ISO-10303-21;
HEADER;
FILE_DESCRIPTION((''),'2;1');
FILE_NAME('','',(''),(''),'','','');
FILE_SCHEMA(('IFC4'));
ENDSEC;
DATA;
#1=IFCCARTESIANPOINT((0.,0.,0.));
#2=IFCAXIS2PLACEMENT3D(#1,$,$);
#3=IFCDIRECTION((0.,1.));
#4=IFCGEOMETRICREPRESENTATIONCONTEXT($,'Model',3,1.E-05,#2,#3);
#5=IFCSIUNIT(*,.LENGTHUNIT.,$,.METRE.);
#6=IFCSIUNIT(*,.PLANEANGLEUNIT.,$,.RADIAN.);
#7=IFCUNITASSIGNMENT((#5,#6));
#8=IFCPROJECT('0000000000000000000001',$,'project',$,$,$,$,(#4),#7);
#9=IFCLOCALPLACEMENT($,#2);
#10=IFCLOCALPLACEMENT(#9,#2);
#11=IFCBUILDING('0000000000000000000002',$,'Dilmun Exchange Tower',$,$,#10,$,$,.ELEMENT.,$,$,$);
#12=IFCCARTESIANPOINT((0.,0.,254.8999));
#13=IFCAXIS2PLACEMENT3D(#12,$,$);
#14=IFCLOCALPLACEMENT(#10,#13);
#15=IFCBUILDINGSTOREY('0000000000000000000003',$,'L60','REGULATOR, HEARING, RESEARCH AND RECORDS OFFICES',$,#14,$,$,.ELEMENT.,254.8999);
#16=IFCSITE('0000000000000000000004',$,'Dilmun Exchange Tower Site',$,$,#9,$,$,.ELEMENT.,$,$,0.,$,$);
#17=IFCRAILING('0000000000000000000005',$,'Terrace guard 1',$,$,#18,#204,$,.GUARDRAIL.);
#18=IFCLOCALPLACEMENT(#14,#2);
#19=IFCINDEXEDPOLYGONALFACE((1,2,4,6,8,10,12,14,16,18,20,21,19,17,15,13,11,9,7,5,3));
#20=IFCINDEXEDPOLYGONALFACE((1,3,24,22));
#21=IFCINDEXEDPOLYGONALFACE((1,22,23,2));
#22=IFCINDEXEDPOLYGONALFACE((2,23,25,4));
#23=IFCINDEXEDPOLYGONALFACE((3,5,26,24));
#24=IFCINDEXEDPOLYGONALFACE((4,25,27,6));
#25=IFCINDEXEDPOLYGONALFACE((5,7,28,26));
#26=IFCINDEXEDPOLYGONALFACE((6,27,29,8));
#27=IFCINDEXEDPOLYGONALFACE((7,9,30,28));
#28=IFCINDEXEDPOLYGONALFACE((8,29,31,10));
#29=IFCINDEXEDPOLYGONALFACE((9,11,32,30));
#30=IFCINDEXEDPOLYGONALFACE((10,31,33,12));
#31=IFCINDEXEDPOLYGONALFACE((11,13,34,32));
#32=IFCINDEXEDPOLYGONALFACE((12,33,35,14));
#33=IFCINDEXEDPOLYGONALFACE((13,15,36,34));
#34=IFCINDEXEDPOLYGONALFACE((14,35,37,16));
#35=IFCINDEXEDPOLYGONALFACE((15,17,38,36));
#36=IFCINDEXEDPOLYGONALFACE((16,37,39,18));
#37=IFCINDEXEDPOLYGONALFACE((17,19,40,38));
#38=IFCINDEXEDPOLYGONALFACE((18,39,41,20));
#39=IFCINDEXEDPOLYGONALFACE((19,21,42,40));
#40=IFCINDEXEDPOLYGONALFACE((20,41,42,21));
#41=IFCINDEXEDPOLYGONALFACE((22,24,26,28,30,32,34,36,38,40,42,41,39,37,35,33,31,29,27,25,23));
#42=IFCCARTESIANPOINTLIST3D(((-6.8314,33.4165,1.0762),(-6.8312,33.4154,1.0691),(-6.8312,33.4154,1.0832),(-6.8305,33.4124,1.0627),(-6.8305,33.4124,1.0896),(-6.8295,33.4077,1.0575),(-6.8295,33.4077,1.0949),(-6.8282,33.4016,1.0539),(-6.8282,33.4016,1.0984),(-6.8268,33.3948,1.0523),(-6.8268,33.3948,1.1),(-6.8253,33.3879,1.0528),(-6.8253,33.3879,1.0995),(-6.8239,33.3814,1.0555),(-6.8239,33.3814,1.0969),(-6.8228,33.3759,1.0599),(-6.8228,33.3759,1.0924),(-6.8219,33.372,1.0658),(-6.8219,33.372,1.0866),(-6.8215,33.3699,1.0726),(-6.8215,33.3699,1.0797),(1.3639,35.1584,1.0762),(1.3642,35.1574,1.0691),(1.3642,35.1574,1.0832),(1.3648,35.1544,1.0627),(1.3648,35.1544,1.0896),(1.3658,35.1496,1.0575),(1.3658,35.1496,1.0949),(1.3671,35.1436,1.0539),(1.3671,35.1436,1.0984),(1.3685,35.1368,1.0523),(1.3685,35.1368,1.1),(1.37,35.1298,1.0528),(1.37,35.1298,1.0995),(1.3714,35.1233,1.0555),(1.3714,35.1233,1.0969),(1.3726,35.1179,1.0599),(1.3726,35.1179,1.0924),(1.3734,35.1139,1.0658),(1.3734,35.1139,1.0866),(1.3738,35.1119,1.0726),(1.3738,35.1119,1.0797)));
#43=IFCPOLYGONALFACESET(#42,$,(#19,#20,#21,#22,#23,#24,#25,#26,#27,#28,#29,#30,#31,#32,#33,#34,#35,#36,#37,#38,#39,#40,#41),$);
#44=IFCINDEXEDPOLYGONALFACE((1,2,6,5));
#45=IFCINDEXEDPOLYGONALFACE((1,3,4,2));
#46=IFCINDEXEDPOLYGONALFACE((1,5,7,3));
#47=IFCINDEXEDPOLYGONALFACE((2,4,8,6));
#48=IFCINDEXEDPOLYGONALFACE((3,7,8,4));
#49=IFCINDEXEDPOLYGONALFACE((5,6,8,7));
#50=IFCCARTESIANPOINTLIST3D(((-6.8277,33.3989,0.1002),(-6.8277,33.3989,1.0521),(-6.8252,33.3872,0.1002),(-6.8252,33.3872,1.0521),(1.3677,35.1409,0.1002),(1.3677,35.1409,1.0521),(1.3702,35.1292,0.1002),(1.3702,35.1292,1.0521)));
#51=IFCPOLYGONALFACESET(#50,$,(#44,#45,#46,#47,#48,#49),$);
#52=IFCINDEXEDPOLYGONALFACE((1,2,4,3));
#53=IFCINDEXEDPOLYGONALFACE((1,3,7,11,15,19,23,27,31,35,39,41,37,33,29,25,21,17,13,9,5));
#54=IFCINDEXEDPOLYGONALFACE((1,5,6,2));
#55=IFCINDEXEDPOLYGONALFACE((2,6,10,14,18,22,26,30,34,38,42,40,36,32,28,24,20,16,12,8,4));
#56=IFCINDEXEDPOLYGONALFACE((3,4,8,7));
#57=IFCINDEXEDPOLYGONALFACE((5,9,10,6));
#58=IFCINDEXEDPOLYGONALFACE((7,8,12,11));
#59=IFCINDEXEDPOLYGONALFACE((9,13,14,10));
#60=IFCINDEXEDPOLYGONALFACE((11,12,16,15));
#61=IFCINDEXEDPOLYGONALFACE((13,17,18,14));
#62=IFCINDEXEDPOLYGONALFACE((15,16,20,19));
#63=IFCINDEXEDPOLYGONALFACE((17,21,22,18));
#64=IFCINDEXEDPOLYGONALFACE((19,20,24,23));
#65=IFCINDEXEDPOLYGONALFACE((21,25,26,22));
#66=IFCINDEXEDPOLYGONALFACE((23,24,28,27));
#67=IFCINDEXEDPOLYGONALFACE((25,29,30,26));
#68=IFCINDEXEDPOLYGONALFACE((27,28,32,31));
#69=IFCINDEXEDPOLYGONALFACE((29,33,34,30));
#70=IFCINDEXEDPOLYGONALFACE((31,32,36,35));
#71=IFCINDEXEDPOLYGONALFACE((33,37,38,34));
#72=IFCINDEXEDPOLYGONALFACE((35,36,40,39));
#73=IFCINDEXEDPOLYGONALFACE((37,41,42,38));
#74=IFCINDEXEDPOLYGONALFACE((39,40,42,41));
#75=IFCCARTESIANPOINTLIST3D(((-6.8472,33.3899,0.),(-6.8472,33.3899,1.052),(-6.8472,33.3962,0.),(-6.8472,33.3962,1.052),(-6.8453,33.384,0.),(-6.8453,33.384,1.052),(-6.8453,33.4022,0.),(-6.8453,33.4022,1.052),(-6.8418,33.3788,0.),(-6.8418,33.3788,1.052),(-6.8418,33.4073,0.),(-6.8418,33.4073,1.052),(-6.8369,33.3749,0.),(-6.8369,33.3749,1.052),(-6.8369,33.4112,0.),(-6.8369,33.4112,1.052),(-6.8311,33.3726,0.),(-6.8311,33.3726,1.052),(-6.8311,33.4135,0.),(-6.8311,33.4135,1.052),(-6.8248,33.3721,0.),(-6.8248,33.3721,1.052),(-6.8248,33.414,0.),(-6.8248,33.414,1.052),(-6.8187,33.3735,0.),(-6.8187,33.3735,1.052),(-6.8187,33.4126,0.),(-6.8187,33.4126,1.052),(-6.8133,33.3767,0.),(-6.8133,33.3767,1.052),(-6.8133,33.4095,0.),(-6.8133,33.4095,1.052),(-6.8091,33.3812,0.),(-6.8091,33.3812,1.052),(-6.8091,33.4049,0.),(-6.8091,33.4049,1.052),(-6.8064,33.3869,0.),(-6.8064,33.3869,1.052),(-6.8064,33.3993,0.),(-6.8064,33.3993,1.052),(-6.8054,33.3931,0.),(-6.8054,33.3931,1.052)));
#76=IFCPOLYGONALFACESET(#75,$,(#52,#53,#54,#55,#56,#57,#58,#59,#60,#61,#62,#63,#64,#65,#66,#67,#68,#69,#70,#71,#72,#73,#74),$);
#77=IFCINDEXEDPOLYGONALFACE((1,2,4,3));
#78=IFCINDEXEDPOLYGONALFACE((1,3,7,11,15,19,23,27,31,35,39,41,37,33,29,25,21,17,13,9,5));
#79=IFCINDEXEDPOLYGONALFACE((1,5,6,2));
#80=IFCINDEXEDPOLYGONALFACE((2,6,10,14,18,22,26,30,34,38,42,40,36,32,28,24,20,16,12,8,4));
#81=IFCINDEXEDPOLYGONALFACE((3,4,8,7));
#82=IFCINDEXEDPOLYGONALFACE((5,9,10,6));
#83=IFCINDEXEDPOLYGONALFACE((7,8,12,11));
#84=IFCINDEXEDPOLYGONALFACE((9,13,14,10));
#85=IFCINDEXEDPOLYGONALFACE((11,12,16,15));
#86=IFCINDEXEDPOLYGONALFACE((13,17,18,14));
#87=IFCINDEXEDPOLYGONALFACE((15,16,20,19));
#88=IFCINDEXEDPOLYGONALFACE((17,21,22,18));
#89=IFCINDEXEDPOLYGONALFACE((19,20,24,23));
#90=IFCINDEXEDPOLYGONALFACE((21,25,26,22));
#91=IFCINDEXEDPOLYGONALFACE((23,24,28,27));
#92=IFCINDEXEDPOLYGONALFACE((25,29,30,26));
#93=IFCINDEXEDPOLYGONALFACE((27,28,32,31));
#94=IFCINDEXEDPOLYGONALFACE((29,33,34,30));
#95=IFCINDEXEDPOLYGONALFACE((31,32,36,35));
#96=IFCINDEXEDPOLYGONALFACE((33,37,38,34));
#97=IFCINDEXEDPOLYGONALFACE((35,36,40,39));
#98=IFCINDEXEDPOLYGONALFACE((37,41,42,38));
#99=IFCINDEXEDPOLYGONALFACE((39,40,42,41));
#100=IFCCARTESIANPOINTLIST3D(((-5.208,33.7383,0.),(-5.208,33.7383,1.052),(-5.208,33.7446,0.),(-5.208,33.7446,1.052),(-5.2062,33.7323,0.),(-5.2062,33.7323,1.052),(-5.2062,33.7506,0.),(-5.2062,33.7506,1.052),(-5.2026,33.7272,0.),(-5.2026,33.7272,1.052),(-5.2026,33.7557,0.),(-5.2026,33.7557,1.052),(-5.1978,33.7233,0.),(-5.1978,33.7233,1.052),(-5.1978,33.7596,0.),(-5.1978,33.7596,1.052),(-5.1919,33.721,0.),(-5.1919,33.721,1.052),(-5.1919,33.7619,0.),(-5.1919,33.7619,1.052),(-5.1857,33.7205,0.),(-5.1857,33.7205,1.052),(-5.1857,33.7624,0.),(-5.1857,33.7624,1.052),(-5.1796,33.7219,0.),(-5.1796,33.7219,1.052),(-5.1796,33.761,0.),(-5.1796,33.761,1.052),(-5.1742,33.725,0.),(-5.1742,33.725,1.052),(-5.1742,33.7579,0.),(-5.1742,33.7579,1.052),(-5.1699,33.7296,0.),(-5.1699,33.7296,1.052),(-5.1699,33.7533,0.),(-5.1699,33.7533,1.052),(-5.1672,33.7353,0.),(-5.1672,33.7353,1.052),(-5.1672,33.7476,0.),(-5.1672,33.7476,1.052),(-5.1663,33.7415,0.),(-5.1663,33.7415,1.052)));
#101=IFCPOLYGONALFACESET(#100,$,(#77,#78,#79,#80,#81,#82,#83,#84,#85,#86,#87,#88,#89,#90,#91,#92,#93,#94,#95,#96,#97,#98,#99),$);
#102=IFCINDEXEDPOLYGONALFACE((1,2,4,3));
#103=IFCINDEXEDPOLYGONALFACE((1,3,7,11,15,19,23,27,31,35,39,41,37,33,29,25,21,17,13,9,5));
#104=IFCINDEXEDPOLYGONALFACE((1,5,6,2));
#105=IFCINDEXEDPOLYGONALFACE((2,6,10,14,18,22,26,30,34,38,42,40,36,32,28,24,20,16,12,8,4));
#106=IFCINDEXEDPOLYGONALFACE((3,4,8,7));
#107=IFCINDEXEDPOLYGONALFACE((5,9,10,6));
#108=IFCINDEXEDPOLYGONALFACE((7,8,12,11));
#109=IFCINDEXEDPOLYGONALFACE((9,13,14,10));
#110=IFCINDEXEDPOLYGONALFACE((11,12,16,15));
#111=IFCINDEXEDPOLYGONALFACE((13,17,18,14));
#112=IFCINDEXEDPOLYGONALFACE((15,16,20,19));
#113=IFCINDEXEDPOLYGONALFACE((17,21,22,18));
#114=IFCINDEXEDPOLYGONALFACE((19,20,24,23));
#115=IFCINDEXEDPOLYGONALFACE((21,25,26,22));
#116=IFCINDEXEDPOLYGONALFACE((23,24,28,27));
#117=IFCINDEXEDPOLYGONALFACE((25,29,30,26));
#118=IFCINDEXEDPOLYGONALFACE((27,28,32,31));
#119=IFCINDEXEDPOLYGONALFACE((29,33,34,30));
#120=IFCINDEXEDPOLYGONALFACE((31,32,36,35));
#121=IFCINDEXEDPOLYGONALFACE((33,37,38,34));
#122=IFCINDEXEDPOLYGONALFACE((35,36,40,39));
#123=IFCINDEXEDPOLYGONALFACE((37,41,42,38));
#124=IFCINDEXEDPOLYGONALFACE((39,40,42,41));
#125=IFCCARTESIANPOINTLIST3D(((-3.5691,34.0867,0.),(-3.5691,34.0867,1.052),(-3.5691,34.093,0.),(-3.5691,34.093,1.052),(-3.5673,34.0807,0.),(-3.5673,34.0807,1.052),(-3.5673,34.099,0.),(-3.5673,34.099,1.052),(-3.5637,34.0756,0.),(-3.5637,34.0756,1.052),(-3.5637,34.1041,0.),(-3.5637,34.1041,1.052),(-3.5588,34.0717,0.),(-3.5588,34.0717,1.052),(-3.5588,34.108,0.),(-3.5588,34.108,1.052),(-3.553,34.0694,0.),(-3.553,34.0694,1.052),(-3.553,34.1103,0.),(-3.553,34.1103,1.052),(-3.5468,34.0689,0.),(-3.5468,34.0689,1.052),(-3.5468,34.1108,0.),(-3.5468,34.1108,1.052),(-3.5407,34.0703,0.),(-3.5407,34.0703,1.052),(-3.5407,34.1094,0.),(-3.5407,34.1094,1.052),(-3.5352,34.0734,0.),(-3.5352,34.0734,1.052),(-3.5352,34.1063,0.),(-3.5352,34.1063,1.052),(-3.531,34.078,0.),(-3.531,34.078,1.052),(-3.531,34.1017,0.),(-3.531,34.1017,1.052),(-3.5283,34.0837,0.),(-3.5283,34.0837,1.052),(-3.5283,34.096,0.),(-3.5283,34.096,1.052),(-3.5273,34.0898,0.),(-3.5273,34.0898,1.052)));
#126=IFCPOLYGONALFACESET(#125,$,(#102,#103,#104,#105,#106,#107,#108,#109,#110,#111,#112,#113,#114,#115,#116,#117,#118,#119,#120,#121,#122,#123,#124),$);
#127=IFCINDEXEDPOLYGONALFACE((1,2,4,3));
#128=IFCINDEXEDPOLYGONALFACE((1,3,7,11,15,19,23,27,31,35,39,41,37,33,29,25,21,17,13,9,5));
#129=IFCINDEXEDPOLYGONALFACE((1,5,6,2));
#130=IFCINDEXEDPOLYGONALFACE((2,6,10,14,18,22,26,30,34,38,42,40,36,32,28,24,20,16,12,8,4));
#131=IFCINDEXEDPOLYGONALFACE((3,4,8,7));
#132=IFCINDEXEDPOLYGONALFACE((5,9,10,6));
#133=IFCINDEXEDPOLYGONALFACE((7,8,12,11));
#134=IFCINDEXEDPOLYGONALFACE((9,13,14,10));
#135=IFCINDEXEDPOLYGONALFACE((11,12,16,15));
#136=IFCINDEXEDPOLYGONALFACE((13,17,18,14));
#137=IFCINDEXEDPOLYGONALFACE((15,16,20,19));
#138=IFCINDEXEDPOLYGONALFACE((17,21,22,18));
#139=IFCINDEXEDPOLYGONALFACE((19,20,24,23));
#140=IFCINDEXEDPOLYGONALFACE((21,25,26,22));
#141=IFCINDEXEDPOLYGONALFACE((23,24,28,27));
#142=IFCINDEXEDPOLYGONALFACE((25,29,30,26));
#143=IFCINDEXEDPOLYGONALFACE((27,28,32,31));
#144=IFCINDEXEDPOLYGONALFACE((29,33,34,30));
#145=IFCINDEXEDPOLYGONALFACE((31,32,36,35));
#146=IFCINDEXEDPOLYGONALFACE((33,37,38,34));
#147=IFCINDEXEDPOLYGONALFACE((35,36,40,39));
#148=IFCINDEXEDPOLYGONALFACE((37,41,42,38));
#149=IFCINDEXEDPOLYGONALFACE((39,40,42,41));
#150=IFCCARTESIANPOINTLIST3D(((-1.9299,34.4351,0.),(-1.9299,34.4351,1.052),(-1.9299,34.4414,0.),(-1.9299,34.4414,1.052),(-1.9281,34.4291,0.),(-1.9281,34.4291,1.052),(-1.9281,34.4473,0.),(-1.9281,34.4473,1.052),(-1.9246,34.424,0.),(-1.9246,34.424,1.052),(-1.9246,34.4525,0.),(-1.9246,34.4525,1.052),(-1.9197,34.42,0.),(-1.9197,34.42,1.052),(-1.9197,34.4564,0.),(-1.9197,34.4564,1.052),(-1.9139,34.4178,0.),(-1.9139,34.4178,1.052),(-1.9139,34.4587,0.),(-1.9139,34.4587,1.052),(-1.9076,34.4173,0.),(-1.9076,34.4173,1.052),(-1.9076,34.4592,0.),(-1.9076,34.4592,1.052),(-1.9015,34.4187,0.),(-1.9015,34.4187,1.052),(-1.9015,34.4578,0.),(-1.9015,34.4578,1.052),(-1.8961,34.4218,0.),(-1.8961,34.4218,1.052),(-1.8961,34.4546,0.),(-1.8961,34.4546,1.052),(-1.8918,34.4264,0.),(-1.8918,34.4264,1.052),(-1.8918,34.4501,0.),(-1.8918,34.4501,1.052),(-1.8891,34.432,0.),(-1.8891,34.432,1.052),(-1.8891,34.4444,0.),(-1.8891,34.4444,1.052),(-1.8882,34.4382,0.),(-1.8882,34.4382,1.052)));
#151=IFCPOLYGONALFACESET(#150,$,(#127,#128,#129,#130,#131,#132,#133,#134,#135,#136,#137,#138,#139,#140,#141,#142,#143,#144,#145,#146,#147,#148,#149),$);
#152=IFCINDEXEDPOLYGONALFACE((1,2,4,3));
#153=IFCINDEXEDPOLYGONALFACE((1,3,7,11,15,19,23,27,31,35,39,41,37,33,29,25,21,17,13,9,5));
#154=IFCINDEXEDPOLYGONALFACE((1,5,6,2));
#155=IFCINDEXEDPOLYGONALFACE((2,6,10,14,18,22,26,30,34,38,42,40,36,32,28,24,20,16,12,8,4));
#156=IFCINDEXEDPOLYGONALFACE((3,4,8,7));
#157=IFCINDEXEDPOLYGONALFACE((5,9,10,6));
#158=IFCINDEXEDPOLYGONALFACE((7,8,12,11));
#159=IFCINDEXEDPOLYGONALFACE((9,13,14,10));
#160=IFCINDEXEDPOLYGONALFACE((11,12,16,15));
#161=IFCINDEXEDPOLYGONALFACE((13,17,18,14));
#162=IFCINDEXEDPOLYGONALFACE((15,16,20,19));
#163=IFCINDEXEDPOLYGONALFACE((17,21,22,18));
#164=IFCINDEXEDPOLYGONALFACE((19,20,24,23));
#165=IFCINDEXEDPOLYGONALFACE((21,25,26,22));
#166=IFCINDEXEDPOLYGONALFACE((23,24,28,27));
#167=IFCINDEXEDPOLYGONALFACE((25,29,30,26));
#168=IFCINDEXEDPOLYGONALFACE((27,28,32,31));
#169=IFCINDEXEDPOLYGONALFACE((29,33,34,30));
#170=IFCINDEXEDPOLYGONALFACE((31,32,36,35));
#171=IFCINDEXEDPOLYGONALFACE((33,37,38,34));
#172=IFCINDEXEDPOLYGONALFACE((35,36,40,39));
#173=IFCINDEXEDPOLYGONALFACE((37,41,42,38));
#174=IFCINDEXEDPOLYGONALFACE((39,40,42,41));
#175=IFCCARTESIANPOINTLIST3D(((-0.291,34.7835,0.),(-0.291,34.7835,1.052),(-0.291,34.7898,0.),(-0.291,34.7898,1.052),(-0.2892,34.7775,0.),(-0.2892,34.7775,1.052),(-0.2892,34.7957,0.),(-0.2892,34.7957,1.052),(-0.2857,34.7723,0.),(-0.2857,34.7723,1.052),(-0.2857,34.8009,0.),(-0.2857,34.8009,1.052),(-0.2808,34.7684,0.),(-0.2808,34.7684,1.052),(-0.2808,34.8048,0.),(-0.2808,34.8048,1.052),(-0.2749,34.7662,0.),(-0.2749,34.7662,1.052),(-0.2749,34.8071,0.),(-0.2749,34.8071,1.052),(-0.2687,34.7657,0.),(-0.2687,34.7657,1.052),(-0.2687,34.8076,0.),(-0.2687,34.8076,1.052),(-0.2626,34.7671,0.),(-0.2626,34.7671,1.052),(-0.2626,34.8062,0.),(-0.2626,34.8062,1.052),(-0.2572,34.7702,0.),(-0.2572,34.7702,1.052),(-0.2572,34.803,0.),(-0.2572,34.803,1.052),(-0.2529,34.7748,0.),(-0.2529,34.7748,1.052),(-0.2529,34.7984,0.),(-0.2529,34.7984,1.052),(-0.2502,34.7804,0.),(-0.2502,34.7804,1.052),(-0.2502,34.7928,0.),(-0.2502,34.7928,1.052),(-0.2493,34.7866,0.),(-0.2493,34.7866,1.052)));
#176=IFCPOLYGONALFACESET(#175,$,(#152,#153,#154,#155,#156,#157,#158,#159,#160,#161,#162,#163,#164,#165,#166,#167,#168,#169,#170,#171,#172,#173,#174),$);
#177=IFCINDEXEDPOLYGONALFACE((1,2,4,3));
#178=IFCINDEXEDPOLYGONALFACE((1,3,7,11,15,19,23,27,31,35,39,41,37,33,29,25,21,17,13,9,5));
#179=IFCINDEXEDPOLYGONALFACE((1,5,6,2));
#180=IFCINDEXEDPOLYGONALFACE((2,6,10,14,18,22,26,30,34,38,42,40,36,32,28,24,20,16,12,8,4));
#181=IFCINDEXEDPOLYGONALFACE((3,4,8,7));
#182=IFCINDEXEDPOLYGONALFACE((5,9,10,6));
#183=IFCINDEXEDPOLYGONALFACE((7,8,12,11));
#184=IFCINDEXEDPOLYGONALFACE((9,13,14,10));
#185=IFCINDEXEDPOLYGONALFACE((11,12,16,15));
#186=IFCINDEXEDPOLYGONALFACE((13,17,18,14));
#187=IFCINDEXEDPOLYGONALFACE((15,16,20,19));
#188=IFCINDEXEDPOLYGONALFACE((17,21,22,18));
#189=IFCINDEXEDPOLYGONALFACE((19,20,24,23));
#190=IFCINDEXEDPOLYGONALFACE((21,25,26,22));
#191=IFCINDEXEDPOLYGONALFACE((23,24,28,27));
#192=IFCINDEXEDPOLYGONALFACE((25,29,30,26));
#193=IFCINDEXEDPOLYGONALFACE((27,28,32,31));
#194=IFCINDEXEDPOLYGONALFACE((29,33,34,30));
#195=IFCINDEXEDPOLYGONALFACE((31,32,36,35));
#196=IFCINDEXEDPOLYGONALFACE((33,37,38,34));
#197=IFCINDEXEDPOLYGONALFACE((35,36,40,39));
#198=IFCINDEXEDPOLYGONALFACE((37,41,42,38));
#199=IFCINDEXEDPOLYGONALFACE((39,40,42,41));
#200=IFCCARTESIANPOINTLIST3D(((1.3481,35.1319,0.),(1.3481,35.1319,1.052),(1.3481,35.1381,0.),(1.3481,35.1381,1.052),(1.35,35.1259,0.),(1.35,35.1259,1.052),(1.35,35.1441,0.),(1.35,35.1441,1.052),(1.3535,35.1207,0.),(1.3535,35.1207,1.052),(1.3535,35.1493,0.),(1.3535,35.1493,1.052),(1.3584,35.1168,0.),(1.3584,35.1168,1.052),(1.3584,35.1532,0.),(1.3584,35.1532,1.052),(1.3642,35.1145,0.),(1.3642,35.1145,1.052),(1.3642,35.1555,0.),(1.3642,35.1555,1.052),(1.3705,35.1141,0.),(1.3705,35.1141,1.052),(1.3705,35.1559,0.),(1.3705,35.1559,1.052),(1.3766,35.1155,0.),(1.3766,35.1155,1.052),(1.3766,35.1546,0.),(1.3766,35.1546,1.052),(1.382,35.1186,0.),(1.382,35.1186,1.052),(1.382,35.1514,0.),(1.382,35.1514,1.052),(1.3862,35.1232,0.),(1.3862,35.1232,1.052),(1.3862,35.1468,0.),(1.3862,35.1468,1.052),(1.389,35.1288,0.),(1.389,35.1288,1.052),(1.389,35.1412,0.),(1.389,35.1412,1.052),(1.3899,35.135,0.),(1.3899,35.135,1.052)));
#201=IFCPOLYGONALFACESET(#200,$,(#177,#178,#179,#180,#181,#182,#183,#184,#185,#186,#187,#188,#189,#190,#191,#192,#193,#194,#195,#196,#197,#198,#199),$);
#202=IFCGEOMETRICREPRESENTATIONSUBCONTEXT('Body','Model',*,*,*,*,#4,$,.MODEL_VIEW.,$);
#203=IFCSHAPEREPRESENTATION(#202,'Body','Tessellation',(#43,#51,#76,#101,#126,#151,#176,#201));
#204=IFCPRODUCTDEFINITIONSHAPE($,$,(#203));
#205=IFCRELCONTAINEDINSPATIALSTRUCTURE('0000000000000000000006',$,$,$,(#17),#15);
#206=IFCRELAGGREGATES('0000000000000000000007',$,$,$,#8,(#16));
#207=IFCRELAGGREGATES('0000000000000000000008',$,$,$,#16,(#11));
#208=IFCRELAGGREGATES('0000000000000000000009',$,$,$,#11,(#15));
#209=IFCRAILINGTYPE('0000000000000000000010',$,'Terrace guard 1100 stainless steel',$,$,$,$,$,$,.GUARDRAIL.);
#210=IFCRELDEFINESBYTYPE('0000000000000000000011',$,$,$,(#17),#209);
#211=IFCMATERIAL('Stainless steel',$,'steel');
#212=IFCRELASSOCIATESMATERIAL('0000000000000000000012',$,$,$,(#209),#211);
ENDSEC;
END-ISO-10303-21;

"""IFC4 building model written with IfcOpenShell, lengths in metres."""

from ifc_helpers import new_model, si_unit, direction, frame, origin, origin_2d, place, context, subcontext, project, spatial, rectangle, circle, extrude, material, type_object, element, save


model = new_model("IFC4")

# Units and contexts
model_context = context("Model", 3, precision=1e-05, world=origin(), true_north=direction((0.0, 1.0)))
body_context = subcontext(model_context, "Body", "Model", "MODEL_VIEW")
ifc_project = project(units=[si_unit("LENGTHUNIT", "METRE"), si_unit("PLANEANGLEUNIT", "RADIAN")], contexts=[model_context])

# Site, building, storey
site_placement = place(None, origin())
site = spatial("IfcSite", under=ifc_project, at=site_placement, Name="Dilmun Exchange Tower Site", CompositionType="ELEMENT", RefElevation=0.0)
building_placement = place(site_placement, origin())
building = spatial("IfcBuilding", under=site, at=building_placement, Name="Dilmun Exchange Tower", CompositionType="ELEMENT")
storey_placement = place(building_placement, frame((0.0, 0.0, 254.8999)))
storey = spatial("IfcBuildingStorey", under=building, at=storey_placement, Name="L60", Description="REGULATOR, HEARING, RESEARCH AND RECORDS OFFICES", CompositionType="ELEMENT", Elevation=254.8999)

# Railing
ifc_material_1 = material(Name="Stainless steel", Category="steel")
railing_type = type_object("IfcRailingType", Name="Terrace guard 1100 stainless steel", PredefinedType="GUARDRAIL", material=ifc_material_1)
railing_placement = place(storey_placement, frame((-6.8264, 33.3931, 0.0)))
element("IfcRailing", 1, at=railing_placement, inside=storey, type_object=railing_type, Name="Terrace guard 1", PredefinedType="GUARDRAIL", context=body_context, shape_type="SweptSolid", body=[
    extrude(circle(Radius=0.0239, at=origin_2d()), frame((0.0, 0.0, 1.0762), z_axis=(0.978148, 0.207909, 0.0), x_axis=(-0.207909, 0.978148, 0.0)), (0.0, 0.0, 1.0), 8.3784),
    extrude(rectangle(XDim=0.012, YDim=0.9519, at=origin_2d()), frame((0.0, 0.0, 0.5762), z_axis=(0.978148, 0.207909, 0.0), x_axis=(-0.207909, 0.978148, 0.0)), (0.0, 0.0, 1.0), 8.3784),
    extrude(circle(Radius=0.021, at=origin_2d()), origin(), (0.0, 0.0, 1.0), 1.052),
    extrude(circle(Radius=0.021, at=origin_2d()), frame((1.6392, 0.3484, 0.0)), (0.0, 0.0, 1.0), 1.052),
    extrude(circle(Radius=0.021, at=origin_2d()), frame((3.2781, 0.6968, 0.0)), (0.0, 0.0, 1.0), 1.052),
    extrude(circle(Radius=0.021, at=origin_2d()), frame((4.9172, 1.0452, 0.0)), (0.0, 0.0, 1.0), 1.052),
    extrude(circle(Radius=0.021, at=origin_2d()), frame((6.5562, 1.3936, 0.0)), (0.0, 0.0, 1.0), 1.052),
    extrude(circle(Radius=0.021, at=origin_2d()), frame((8.1953, 1.7419, 0.0)), (0.0, 0.0, 1.0), 1.052),
])

save(model, "model.ifc")
